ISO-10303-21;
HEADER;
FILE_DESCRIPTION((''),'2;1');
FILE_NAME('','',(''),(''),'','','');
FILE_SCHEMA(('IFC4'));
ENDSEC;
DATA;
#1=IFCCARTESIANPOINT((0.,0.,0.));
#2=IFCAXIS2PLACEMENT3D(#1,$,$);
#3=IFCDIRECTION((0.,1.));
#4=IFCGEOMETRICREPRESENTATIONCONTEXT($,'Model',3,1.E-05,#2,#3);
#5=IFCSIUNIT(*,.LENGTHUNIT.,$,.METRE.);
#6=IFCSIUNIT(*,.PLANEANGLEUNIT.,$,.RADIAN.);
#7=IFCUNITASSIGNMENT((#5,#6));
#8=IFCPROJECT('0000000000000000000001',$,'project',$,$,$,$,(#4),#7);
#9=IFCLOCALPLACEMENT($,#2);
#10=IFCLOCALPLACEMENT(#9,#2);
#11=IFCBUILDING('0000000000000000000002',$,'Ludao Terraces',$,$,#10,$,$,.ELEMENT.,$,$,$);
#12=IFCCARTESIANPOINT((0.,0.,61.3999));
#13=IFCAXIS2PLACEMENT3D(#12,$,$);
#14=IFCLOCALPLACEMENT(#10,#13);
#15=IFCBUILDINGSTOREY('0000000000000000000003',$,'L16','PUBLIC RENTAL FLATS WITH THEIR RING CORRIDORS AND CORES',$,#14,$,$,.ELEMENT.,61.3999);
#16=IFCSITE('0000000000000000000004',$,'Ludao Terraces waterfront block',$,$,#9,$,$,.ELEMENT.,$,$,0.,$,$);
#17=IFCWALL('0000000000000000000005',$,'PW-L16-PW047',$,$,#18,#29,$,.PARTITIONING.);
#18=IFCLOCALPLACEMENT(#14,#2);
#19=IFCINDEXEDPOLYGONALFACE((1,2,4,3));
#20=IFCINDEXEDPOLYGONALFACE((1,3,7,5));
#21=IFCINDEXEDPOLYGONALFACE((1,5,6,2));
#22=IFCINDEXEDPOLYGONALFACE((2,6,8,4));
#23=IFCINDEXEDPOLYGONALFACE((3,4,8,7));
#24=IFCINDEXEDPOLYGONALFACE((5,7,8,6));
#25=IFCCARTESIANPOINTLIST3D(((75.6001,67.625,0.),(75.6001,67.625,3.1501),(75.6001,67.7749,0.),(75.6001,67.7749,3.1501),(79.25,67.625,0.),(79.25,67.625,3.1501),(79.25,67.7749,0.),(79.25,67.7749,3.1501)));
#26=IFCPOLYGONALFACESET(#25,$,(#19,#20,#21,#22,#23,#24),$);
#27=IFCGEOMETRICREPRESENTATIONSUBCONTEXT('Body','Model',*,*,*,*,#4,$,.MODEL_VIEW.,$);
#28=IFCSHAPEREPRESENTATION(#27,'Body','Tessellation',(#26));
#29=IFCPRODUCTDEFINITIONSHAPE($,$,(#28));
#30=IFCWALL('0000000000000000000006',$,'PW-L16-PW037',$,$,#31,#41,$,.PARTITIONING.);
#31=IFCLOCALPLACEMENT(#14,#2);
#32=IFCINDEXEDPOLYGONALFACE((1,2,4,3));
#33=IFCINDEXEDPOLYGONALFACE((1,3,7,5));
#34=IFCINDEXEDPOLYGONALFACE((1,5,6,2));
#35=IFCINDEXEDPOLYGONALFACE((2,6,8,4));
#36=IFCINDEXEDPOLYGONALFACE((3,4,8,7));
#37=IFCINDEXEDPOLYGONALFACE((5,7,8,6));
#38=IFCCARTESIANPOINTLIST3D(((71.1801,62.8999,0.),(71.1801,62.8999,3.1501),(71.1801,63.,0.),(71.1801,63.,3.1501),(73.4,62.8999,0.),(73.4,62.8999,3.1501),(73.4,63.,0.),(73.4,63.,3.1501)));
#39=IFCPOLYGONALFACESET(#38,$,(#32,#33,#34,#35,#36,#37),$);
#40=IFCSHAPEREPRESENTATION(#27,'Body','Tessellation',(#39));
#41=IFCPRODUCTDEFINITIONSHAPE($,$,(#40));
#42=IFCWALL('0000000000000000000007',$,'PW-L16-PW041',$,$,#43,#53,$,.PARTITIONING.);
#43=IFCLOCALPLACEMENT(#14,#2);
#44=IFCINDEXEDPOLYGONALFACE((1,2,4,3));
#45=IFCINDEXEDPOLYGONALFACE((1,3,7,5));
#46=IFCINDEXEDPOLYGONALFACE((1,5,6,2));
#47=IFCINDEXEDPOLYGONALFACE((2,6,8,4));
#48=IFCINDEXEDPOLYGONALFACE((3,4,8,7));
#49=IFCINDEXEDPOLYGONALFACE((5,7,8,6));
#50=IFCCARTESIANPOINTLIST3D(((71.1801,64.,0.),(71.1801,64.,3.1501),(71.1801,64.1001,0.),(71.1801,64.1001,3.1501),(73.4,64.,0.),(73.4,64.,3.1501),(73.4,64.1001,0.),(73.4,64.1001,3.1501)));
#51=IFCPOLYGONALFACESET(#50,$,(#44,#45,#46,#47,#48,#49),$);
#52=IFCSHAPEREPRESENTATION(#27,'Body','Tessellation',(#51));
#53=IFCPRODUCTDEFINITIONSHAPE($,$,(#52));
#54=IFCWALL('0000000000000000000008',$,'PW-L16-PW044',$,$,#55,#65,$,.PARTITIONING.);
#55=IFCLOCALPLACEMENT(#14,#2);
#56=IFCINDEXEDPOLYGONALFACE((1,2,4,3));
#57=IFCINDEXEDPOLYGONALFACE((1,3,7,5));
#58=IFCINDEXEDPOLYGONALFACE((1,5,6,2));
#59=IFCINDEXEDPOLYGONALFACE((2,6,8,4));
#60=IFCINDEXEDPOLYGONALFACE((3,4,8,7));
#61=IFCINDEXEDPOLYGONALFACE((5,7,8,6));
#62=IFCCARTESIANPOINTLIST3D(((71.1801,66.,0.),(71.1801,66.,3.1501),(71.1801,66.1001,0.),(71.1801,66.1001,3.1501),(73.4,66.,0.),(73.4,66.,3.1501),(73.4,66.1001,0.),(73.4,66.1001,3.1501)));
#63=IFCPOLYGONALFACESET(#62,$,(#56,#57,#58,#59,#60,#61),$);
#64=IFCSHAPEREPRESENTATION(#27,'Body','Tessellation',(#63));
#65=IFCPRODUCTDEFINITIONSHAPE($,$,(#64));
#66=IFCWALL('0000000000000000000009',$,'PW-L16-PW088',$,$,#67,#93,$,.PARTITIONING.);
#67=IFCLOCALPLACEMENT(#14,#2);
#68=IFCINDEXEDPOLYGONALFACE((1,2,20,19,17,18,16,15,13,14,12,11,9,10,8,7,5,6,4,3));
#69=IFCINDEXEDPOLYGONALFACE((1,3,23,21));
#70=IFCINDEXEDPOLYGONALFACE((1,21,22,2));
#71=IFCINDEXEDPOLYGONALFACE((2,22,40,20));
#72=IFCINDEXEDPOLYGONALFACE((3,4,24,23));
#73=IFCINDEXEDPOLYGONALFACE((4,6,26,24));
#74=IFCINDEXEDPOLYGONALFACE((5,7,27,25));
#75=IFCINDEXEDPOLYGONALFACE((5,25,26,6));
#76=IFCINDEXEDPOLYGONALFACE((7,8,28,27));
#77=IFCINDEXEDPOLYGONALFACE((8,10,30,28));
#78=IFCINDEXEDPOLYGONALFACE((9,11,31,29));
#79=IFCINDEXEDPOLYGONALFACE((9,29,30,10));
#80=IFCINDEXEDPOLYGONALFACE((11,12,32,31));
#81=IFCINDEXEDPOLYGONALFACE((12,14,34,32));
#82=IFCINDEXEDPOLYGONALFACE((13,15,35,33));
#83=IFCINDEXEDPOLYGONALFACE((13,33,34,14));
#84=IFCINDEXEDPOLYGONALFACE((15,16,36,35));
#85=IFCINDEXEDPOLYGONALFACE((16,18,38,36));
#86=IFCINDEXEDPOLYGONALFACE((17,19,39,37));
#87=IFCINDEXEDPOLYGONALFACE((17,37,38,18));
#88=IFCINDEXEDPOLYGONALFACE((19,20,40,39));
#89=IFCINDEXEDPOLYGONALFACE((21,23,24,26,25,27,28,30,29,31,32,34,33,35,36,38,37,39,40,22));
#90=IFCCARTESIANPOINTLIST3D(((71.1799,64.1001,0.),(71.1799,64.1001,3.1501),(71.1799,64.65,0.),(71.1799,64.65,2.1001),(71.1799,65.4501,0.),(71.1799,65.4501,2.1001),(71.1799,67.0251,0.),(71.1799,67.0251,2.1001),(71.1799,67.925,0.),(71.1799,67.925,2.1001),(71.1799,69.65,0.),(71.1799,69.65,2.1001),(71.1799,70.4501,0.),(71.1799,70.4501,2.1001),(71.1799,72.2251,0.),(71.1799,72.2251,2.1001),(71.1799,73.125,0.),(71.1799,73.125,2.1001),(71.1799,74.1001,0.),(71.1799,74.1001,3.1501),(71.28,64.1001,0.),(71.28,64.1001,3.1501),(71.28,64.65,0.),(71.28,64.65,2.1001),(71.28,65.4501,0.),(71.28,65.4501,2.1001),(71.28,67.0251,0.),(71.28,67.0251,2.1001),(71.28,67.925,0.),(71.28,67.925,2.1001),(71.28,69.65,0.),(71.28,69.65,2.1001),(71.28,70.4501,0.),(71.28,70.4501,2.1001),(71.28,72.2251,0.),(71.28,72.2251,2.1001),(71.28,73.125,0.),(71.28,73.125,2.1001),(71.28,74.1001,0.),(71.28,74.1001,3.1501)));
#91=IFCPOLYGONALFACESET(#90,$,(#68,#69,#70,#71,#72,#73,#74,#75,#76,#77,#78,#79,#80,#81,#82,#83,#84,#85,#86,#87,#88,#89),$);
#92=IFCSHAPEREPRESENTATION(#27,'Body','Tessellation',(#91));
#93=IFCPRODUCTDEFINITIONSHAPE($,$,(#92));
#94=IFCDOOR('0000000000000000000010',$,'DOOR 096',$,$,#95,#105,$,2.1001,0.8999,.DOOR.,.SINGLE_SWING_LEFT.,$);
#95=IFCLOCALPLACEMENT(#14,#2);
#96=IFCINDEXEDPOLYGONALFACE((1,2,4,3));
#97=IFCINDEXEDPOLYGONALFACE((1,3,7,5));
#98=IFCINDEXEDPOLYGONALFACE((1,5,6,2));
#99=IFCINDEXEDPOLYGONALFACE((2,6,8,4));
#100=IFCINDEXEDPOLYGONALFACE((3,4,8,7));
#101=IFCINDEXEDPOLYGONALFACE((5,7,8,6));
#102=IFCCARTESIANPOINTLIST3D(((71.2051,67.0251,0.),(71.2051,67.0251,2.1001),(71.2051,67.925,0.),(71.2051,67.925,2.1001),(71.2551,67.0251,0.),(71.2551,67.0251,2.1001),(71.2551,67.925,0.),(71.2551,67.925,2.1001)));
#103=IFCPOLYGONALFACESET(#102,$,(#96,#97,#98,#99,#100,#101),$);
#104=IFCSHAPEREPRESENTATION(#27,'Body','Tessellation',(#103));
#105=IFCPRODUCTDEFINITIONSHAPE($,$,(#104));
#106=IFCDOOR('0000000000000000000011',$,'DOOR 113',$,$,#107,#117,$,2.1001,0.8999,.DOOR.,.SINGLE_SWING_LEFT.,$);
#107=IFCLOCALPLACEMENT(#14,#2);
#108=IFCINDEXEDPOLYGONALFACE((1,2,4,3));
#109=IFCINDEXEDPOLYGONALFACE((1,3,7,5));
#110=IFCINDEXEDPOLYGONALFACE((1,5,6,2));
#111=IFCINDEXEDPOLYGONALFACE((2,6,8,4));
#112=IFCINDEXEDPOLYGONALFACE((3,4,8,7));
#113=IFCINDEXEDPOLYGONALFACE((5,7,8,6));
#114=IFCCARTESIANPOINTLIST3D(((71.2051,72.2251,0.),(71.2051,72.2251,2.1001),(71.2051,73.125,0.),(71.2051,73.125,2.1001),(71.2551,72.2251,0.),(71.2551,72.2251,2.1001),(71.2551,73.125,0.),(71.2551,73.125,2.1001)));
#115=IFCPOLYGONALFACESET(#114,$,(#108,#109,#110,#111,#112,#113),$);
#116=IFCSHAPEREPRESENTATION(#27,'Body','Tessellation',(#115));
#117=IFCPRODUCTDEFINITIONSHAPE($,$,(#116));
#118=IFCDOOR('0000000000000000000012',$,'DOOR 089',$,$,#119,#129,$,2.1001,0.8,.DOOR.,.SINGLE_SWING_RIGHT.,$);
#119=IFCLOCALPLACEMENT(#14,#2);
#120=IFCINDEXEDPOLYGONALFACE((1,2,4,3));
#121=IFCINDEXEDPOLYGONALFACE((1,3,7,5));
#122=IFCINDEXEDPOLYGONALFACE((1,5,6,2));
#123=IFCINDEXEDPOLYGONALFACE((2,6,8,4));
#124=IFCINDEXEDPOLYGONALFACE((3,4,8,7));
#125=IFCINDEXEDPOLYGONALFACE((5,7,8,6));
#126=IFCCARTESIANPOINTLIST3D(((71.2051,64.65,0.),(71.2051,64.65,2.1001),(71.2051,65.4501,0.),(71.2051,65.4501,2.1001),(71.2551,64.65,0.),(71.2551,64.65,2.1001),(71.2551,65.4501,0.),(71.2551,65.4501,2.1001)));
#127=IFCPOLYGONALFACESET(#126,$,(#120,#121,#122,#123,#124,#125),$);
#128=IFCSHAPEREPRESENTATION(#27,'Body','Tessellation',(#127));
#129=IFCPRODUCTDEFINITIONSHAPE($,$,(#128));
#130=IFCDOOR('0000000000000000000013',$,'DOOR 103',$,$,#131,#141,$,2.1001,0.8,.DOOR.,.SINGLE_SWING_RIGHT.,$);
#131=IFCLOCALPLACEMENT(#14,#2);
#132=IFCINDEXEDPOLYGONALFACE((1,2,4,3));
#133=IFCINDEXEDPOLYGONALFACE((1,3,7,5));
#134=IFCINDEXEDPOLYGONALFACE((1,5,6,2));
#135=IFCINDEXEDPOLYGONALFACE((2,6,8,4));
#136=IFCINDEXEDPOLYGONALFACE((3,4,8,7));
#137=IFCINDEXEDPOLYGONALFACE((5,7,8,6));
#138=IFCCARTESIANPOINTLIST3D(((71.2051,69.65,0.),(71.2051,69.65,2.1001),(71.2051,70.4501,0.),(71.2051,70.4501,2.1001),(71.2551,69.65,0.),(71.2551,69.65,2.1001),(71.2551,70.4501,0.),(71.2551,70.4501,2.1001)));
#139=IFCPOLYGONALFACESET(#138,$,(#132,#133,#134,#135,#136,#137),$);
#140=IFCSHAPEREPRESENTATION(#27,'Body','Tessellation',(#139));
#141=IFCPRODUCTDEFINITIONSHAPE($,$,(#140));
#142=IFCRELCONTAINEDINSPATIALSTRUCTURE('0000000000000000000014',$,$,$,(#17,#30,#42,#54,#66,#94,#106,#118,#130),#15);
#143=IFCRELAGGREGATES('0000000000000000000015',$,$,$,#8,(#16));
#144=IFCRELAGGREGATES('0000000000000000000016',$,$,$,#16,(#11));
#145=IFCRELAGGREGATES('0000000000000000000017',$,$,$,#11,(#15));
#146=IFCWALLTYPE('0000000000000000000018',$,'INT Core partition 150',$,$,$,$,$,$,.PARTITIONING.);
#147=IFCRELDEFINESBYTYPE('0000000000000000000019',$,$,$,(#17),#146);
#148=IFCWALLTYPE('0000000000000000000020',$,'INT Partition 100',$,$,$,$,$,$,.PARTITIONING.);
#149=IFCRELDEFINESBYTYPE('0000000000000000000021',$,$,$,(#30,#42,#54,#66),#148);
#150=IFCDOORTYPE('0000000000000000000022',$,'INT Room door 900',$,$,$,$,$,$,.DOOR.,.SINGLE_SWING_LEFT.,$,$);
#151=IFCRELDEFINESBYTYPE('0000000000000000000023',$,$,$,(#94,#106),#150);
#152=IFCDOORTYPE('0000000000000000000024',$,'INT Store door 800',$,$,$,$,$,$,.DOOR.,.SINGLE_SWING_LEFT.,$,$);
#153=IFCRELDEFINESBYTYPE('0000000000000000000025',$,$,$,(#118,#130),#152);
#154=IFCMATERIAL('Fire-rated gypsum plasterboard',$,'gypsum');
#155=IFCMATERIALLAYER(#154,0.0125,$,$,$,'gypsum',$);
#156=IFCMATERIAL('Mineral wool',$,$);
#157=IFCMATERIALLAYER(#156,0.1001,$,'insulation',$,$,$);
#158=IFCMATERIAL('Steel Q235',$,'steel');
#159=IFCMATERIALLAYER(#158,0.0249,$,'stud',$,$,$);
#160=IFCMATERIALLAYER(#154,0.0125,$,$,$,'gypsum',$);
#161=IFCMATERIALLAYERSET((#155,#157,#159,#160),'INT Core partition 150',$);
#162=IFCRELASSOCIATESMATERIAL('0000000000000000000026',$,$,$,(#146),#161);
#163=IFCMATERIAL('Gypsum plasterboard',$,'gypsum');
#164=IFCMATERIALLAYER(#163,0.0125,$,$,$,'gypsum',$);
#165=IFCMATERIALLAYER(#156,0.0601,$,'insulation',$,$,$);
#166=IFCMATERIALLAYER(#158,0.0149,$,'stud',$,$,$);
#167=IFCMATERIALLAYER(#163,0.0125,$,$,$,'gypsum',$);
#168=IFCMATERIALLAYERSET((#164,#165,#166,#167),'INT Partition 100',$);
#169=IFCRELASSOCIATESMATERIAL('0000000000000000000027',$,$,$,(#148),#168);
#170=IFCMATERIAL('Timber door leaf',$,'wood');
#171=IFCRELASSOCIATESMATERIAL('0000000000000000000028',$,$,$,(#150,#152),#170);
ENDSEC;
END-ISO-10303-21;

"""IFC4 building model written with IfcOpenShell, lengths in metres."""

from ifc_helpers import new_model, si_unit, direction, frame, frame_2d, origin, place, context, subcontext, project, spatial, rectangle, extrude, material, layer, layer_set, type_object, element, fill, save


model = new_model("IFC4")

# Units and contexts
model_context = context("Model", 3, precision=1e-05, world=origin(), true_north=direction((0.0, 1.0)))
body_context = subcontext(model_context, "Body", "Model", "MODEL_VIEW")
ifc_project = project(units=[si_unit("LENGTHUNIT", "METRE"), si_unit("PLANEANGLEUNIT", "RADIAN")], contexts=[model_context])

# Site, building, storey
site_placement = place(None, origin())
site = spatial("IfcSite", under=ifc_project, at=site_placement, Name="Ludao Terraces waterfront block", CompositionType="ELEMENT", RefElevation=0.0)
building_placement = place(site_placement, origin())
building = spatial("IfcBuilding", under=site, at=building_placement, Name="Ludao Terraces", CompositionType="ELEMENT")
storey_placement = place(building_placement, frame((0.0, 0.0, 61.3999)))
storey = spatial("IfcBuildingStorey", under=building, at=storey_placement, Name="L16", Description="PUBLIC RENTAL FLATS WITH THEIR RING CORRIDORS AND CORES", CompositionType="ELEMENT", Elevation=61.3999)

# Walls
ifc_material_1 = material(Name="Fire-rated gypsum plasterboard", Category="gypsum")
ifc_layer_1 = layer(ifc_material_1, 0.0125, Category="gypsum")
ifc_material_2 = material(Name="Mineral wool")
ifc_layer_2 = layer(ifc_material_2, 0.1001, Name="insulation")
ifc_material_3 = material(Name="Steel Q235", Category="steel")
ifc_layer_3 = layer(ifc_material_3, 0.0249, Name="stud")
ifc_layer_4 = layer(ifc_material_1, 0.0125, Category="gypsum")
ifc_layer_set_1 = layer_set([ifc_layer_1, ifc_layer_2, ifc_layer_3, ifc_layer_4], Name="INT Core partition 150")
wall_type_1 = type_object("IfcWallType", Name="INT Core partition 150", PredefinedType="PARTITIONING", material=ifc_layer_set_1)
wall_1_placement = place(storey_placement, frame((75.6001, 67.7, 0.0), z_axis=(0.0, 0.0, 1.0), x_axis=(1.0, 0.0, 0.0)))
element("IfcWall", 1, at=wall_1_placement, inside=storey, type_object=wall_type_1, Name="PW-L16-PW047", PredefinedType="PARTITIONING", context=body_context, shape_type="SweptSolid", body=[
    extrude(rectangle(XDim=3.6499, YDim=0.1499, at=frame_2d((1.825, 0.0))), origin(), (0.0, 0.0, 1.0), 3.1501),
])
ifc_material_4 = material(Name="Gypsum plasterboard", Category="gypsum")
ifc_layer_5 = layer(ifc_material_4, 0.0125, Category="gypsum")
ifc_layer_6 = layer(ifc_material_2, 0.0601, Name="insulation")
ifc_layer_7 = layer(ifc_material_3, 0.0149, Name="stud")
ifc_layer_8 = layer(ifc_material_4, 0.0125, Category="gypsum")
ifc_layer_set_2 = layer_set([ifc_layer_5, ifc_layer_6, ifc_layer_7, ifc_layer_8], Name="INT Partition 100")
wall_type_2 = type_object("IfcWallType", Name="INT Partition 100", PredefinedType="PARTITIONING", material=ifc_layer_set_2)
for number, where, z_axis, x_axis, name in (
    (2, (71.1802, 62.95, 0.0), (0.0, 0.0, 1.0), (1.0, 0.0, 0.0), "PW-L16-PW037"),
    (3, (71.1802, 64.05, 0.0), (0.0, 0.0, 1.0), (1.0, 0.0, 0.0), "PW-L16-PW041"),
    (4, (71.1802, 66.05, 0.0), (0.0, 0.0, 1.0), (1.0, 0.0, 0.0), "PW-L16-PW044"),
):
    element("IfcWall", number, at=place(storey_placement, frame(where, z_axis=z_axis, x_axis=x_axis)), inside=storey, type_object=wall_type_2, Name=name, PredefinedType="PARTITIONING", context=body_context, shape_type="SweptSolid", body=[
        extrude(rectangle(XDim=2.22, YDim=0.1001, at=frame_2d((1.1099, 0.0))), origin(), (0.0, 0.0, 1.0), 3.1501),
    ])

# Wall, openings, doors
wall_2_placement = place(storey_placement, frame((71.23, 64.1001, 0.0), z_axis=(0.0, 0.0, 1.0), x_axis=(0.0, 1.0, 0.0)))
wall_2 = element("IfcWall", 5, at=wall_2_placement, inside=storey, type_object=wall_type_2, Name="PW-L16-PW088", PredefinedType="PARTITIONING", context=body_context, shape_type="SweptSolid", body=[
    extrude(rectangle(XDim=10.0, YDim=0.1001, at=frame_2d((5.0, 0.0))), origin(), (0.0, 0.0, 1.0), 3.1501),
])
opening_1_placement = place(wall_2_placement, frame((0.55, 0.0, 0.0)))
opening_1 = element("IfcOpeningElement", 6, at=opening_1_placement, cuts=wall_2, PredefinedType="OPENING", context=body_context, shape_type="SweptSolid", body=[
    extrude(rectangle(XDim=0.8, YDim=2.1001, at=frame_2d((0.3999, 1.05))), frame((0.0, 0.0601, 0.0), z_axis=(0.0, -1.0, 0.0), x_axis=(1.0, 0.0, 0.0)), (0.0, 0.0, 1.0), 0.1201),
])
opening_2_placement = place(wall_2_placement, frame((2.925, 0.0, 0.0)))
opening_2 = element("IfcOpeningElement", 7, at=opening_2_placement, cuts=wall_2, PredefinedType="OPENING", context=body_context, shape_type="SweptSolid", body=[
    extrude(rectangle(XDim=0.8999, YDim=2.1001, at=frame_2d((0.45, 1.05))), frame((0.0, 0.0601, 0.0), z_axis=(0.0, -1.0, 0.0), x_axis=(1.0, 0.0, 0.0)), (0.0, 0.0, 1.0), 0.1201),
])
opening_3_placement = place(wall_2_placement, frame((5.55, 0.0, 0.0)))
opening_3 = element("IfcOpeningElement", 8, at=opening_3_placement, cuts=wall_2, PredefinedType="OPENING", context=body_context, shape_type="SweptSolid", body=[
    extrude(rectangle(XDim=0.8, YDim=2.1001, at=frame_2d((0.3999, 1.05))), frame((0.0, 0.0601, 0.0), z_axis=(0.0, -1.0, 0.0), x_axis=(1.0, 0.0, 0.0)), (0.0, 0.0, 1.0), 0.1201),
])
opening_4_placement = place(wall_2_placement, frame((8.125, 0.0, 0.0)))
opening_4 = element("IfcOpeningElement", 9, at=opening_4_placement, cuts=wall_2, PredefinedType="OPENING", context=body_context, shape_type="SweptSolid", body=[
    extrude(rectangle(XDim=0.8999, YDim=2.1001, at=frame_2d((0.45, 1.05))), frame((0.0, 0.0601, 0.0), z_axis=(0.0, -1.0, 0.0), x_axis=(1.0, 0.0, 0.0)), (0.0, 0.0, 1.0), 0.1201),
])
ifc_material_5 = material(Name="Timber door leaf", Category="wood")
door_type_1 = type_object("IfcDoorType", Name="INT Room door 900", OperationType="SINGLE_SWING_LEFT", PredefinedType="DOOR", material=ifc_material_5)
door_1_placement = place(opening_2_placement, origin())
door_1 = element("IfcDoor", 10, at=door_1_placement, inside=storey, type_object=door_type_1, Name="DOOR 096", OperationType="SINGLE_SWING_LEFT", OverallHeight=2.1001, OverallWidth=0.8999, PredefinedType="DOOR", context=body_context, shape_type="SweptSolid", body=[
    extrude(rectangle(XDim=0.8999, YDim=2.1001, at=frame_2d((0.45, 1.05))), frame((0.0, 0.0249, 0.0), z_axis=(0.0, -1.0, 0.0), x_axis=(1.0, 0.0, 0.0)), (0.0, 0.0, 1.0), 0.05),
])
fill(opening_2, door_1)
door_2_placement = place(opening_4_placement, origin())
door_2 = element("IfcDoor", 11, at=door_2_placement, inside=storey, type_object=door_type_1, Name="DOOR 113", OperationType="SINGLE_SWING_LEFT", OverallHeight=2.1001, OverallWidth=0.8999, PredefinedType="DOOR", context=body_context, shape_type="SweptSolid", body=[
    extrude(rectangle(XDim=0.8999, YDim=2.1001, at=frame_2d((0.45, 1.05))), frame((0.0, 0.0249, 0.0), z_axis=(0.0, -1.0, 0.0), x_axis=(1.0, 0.0, 0.0)), (0.0, 0.0, 1.0), 0.05),
])
fill(opening_4, door_2)
door_type_2 = type_object("IfcDoorType", Name="INT Store door 800", OperationType="SINGLE_SWING_LEFT", PredefinedType="DOOR", material=ifc_material_5)
door_3_placement = place(opening_1_placement, origin())
door_3 = element("IfcDoor", 12, at=door_3_placement, inside=storey, type_object=door_type_2, Name="DOOR 089", OperationType="SINGLE_SWING_RIGHT", OverallHeight=2.1001, OverallWidth=0.8, PredefinedType="DOOR", context=body_context, shape_type="SweptSolid", body=[
    extrude(rectangle(XDim=0.8, YDim=2.1001, at=frame_2d((0.3999, 1.05))), frame((0.0, 0.0249, 0.0), z_axis=(0.0, -1.0, 0.0), x_axis=(1.0, 0.0, 0.0)), (0.0, 0.0, 1.0), 0.05),
])
fill(opening_1, door_3)
door_4_placement = place(opening_3_placement, origin())
door_4 = element("IfcDoor", 13, at=door_4_placement, inside=storey, type_object=door_type_2, Name="DOOR 103", OperationType="SINGLE_SWING_RIGHT", OverallHeight=2.1001, OverallWidth=0.8, PredefinedType="DOOR", context=body_context, shape_type="SweptSolid", body=[
    extrude(rectangle(XDim=0.8, YDim=2.1001, at=frame_2d((0.3999, 1.05))), frame((0.0, 0.0249, 0.0), z_axis=(0.0, -1.0, 0.0), x_axis=(1.0, 0.0, 0.0)), (0.0, 0.0, 1.0), 0.05),
])
fill(opening_3, door_4)

save(model, "model.ifc")
